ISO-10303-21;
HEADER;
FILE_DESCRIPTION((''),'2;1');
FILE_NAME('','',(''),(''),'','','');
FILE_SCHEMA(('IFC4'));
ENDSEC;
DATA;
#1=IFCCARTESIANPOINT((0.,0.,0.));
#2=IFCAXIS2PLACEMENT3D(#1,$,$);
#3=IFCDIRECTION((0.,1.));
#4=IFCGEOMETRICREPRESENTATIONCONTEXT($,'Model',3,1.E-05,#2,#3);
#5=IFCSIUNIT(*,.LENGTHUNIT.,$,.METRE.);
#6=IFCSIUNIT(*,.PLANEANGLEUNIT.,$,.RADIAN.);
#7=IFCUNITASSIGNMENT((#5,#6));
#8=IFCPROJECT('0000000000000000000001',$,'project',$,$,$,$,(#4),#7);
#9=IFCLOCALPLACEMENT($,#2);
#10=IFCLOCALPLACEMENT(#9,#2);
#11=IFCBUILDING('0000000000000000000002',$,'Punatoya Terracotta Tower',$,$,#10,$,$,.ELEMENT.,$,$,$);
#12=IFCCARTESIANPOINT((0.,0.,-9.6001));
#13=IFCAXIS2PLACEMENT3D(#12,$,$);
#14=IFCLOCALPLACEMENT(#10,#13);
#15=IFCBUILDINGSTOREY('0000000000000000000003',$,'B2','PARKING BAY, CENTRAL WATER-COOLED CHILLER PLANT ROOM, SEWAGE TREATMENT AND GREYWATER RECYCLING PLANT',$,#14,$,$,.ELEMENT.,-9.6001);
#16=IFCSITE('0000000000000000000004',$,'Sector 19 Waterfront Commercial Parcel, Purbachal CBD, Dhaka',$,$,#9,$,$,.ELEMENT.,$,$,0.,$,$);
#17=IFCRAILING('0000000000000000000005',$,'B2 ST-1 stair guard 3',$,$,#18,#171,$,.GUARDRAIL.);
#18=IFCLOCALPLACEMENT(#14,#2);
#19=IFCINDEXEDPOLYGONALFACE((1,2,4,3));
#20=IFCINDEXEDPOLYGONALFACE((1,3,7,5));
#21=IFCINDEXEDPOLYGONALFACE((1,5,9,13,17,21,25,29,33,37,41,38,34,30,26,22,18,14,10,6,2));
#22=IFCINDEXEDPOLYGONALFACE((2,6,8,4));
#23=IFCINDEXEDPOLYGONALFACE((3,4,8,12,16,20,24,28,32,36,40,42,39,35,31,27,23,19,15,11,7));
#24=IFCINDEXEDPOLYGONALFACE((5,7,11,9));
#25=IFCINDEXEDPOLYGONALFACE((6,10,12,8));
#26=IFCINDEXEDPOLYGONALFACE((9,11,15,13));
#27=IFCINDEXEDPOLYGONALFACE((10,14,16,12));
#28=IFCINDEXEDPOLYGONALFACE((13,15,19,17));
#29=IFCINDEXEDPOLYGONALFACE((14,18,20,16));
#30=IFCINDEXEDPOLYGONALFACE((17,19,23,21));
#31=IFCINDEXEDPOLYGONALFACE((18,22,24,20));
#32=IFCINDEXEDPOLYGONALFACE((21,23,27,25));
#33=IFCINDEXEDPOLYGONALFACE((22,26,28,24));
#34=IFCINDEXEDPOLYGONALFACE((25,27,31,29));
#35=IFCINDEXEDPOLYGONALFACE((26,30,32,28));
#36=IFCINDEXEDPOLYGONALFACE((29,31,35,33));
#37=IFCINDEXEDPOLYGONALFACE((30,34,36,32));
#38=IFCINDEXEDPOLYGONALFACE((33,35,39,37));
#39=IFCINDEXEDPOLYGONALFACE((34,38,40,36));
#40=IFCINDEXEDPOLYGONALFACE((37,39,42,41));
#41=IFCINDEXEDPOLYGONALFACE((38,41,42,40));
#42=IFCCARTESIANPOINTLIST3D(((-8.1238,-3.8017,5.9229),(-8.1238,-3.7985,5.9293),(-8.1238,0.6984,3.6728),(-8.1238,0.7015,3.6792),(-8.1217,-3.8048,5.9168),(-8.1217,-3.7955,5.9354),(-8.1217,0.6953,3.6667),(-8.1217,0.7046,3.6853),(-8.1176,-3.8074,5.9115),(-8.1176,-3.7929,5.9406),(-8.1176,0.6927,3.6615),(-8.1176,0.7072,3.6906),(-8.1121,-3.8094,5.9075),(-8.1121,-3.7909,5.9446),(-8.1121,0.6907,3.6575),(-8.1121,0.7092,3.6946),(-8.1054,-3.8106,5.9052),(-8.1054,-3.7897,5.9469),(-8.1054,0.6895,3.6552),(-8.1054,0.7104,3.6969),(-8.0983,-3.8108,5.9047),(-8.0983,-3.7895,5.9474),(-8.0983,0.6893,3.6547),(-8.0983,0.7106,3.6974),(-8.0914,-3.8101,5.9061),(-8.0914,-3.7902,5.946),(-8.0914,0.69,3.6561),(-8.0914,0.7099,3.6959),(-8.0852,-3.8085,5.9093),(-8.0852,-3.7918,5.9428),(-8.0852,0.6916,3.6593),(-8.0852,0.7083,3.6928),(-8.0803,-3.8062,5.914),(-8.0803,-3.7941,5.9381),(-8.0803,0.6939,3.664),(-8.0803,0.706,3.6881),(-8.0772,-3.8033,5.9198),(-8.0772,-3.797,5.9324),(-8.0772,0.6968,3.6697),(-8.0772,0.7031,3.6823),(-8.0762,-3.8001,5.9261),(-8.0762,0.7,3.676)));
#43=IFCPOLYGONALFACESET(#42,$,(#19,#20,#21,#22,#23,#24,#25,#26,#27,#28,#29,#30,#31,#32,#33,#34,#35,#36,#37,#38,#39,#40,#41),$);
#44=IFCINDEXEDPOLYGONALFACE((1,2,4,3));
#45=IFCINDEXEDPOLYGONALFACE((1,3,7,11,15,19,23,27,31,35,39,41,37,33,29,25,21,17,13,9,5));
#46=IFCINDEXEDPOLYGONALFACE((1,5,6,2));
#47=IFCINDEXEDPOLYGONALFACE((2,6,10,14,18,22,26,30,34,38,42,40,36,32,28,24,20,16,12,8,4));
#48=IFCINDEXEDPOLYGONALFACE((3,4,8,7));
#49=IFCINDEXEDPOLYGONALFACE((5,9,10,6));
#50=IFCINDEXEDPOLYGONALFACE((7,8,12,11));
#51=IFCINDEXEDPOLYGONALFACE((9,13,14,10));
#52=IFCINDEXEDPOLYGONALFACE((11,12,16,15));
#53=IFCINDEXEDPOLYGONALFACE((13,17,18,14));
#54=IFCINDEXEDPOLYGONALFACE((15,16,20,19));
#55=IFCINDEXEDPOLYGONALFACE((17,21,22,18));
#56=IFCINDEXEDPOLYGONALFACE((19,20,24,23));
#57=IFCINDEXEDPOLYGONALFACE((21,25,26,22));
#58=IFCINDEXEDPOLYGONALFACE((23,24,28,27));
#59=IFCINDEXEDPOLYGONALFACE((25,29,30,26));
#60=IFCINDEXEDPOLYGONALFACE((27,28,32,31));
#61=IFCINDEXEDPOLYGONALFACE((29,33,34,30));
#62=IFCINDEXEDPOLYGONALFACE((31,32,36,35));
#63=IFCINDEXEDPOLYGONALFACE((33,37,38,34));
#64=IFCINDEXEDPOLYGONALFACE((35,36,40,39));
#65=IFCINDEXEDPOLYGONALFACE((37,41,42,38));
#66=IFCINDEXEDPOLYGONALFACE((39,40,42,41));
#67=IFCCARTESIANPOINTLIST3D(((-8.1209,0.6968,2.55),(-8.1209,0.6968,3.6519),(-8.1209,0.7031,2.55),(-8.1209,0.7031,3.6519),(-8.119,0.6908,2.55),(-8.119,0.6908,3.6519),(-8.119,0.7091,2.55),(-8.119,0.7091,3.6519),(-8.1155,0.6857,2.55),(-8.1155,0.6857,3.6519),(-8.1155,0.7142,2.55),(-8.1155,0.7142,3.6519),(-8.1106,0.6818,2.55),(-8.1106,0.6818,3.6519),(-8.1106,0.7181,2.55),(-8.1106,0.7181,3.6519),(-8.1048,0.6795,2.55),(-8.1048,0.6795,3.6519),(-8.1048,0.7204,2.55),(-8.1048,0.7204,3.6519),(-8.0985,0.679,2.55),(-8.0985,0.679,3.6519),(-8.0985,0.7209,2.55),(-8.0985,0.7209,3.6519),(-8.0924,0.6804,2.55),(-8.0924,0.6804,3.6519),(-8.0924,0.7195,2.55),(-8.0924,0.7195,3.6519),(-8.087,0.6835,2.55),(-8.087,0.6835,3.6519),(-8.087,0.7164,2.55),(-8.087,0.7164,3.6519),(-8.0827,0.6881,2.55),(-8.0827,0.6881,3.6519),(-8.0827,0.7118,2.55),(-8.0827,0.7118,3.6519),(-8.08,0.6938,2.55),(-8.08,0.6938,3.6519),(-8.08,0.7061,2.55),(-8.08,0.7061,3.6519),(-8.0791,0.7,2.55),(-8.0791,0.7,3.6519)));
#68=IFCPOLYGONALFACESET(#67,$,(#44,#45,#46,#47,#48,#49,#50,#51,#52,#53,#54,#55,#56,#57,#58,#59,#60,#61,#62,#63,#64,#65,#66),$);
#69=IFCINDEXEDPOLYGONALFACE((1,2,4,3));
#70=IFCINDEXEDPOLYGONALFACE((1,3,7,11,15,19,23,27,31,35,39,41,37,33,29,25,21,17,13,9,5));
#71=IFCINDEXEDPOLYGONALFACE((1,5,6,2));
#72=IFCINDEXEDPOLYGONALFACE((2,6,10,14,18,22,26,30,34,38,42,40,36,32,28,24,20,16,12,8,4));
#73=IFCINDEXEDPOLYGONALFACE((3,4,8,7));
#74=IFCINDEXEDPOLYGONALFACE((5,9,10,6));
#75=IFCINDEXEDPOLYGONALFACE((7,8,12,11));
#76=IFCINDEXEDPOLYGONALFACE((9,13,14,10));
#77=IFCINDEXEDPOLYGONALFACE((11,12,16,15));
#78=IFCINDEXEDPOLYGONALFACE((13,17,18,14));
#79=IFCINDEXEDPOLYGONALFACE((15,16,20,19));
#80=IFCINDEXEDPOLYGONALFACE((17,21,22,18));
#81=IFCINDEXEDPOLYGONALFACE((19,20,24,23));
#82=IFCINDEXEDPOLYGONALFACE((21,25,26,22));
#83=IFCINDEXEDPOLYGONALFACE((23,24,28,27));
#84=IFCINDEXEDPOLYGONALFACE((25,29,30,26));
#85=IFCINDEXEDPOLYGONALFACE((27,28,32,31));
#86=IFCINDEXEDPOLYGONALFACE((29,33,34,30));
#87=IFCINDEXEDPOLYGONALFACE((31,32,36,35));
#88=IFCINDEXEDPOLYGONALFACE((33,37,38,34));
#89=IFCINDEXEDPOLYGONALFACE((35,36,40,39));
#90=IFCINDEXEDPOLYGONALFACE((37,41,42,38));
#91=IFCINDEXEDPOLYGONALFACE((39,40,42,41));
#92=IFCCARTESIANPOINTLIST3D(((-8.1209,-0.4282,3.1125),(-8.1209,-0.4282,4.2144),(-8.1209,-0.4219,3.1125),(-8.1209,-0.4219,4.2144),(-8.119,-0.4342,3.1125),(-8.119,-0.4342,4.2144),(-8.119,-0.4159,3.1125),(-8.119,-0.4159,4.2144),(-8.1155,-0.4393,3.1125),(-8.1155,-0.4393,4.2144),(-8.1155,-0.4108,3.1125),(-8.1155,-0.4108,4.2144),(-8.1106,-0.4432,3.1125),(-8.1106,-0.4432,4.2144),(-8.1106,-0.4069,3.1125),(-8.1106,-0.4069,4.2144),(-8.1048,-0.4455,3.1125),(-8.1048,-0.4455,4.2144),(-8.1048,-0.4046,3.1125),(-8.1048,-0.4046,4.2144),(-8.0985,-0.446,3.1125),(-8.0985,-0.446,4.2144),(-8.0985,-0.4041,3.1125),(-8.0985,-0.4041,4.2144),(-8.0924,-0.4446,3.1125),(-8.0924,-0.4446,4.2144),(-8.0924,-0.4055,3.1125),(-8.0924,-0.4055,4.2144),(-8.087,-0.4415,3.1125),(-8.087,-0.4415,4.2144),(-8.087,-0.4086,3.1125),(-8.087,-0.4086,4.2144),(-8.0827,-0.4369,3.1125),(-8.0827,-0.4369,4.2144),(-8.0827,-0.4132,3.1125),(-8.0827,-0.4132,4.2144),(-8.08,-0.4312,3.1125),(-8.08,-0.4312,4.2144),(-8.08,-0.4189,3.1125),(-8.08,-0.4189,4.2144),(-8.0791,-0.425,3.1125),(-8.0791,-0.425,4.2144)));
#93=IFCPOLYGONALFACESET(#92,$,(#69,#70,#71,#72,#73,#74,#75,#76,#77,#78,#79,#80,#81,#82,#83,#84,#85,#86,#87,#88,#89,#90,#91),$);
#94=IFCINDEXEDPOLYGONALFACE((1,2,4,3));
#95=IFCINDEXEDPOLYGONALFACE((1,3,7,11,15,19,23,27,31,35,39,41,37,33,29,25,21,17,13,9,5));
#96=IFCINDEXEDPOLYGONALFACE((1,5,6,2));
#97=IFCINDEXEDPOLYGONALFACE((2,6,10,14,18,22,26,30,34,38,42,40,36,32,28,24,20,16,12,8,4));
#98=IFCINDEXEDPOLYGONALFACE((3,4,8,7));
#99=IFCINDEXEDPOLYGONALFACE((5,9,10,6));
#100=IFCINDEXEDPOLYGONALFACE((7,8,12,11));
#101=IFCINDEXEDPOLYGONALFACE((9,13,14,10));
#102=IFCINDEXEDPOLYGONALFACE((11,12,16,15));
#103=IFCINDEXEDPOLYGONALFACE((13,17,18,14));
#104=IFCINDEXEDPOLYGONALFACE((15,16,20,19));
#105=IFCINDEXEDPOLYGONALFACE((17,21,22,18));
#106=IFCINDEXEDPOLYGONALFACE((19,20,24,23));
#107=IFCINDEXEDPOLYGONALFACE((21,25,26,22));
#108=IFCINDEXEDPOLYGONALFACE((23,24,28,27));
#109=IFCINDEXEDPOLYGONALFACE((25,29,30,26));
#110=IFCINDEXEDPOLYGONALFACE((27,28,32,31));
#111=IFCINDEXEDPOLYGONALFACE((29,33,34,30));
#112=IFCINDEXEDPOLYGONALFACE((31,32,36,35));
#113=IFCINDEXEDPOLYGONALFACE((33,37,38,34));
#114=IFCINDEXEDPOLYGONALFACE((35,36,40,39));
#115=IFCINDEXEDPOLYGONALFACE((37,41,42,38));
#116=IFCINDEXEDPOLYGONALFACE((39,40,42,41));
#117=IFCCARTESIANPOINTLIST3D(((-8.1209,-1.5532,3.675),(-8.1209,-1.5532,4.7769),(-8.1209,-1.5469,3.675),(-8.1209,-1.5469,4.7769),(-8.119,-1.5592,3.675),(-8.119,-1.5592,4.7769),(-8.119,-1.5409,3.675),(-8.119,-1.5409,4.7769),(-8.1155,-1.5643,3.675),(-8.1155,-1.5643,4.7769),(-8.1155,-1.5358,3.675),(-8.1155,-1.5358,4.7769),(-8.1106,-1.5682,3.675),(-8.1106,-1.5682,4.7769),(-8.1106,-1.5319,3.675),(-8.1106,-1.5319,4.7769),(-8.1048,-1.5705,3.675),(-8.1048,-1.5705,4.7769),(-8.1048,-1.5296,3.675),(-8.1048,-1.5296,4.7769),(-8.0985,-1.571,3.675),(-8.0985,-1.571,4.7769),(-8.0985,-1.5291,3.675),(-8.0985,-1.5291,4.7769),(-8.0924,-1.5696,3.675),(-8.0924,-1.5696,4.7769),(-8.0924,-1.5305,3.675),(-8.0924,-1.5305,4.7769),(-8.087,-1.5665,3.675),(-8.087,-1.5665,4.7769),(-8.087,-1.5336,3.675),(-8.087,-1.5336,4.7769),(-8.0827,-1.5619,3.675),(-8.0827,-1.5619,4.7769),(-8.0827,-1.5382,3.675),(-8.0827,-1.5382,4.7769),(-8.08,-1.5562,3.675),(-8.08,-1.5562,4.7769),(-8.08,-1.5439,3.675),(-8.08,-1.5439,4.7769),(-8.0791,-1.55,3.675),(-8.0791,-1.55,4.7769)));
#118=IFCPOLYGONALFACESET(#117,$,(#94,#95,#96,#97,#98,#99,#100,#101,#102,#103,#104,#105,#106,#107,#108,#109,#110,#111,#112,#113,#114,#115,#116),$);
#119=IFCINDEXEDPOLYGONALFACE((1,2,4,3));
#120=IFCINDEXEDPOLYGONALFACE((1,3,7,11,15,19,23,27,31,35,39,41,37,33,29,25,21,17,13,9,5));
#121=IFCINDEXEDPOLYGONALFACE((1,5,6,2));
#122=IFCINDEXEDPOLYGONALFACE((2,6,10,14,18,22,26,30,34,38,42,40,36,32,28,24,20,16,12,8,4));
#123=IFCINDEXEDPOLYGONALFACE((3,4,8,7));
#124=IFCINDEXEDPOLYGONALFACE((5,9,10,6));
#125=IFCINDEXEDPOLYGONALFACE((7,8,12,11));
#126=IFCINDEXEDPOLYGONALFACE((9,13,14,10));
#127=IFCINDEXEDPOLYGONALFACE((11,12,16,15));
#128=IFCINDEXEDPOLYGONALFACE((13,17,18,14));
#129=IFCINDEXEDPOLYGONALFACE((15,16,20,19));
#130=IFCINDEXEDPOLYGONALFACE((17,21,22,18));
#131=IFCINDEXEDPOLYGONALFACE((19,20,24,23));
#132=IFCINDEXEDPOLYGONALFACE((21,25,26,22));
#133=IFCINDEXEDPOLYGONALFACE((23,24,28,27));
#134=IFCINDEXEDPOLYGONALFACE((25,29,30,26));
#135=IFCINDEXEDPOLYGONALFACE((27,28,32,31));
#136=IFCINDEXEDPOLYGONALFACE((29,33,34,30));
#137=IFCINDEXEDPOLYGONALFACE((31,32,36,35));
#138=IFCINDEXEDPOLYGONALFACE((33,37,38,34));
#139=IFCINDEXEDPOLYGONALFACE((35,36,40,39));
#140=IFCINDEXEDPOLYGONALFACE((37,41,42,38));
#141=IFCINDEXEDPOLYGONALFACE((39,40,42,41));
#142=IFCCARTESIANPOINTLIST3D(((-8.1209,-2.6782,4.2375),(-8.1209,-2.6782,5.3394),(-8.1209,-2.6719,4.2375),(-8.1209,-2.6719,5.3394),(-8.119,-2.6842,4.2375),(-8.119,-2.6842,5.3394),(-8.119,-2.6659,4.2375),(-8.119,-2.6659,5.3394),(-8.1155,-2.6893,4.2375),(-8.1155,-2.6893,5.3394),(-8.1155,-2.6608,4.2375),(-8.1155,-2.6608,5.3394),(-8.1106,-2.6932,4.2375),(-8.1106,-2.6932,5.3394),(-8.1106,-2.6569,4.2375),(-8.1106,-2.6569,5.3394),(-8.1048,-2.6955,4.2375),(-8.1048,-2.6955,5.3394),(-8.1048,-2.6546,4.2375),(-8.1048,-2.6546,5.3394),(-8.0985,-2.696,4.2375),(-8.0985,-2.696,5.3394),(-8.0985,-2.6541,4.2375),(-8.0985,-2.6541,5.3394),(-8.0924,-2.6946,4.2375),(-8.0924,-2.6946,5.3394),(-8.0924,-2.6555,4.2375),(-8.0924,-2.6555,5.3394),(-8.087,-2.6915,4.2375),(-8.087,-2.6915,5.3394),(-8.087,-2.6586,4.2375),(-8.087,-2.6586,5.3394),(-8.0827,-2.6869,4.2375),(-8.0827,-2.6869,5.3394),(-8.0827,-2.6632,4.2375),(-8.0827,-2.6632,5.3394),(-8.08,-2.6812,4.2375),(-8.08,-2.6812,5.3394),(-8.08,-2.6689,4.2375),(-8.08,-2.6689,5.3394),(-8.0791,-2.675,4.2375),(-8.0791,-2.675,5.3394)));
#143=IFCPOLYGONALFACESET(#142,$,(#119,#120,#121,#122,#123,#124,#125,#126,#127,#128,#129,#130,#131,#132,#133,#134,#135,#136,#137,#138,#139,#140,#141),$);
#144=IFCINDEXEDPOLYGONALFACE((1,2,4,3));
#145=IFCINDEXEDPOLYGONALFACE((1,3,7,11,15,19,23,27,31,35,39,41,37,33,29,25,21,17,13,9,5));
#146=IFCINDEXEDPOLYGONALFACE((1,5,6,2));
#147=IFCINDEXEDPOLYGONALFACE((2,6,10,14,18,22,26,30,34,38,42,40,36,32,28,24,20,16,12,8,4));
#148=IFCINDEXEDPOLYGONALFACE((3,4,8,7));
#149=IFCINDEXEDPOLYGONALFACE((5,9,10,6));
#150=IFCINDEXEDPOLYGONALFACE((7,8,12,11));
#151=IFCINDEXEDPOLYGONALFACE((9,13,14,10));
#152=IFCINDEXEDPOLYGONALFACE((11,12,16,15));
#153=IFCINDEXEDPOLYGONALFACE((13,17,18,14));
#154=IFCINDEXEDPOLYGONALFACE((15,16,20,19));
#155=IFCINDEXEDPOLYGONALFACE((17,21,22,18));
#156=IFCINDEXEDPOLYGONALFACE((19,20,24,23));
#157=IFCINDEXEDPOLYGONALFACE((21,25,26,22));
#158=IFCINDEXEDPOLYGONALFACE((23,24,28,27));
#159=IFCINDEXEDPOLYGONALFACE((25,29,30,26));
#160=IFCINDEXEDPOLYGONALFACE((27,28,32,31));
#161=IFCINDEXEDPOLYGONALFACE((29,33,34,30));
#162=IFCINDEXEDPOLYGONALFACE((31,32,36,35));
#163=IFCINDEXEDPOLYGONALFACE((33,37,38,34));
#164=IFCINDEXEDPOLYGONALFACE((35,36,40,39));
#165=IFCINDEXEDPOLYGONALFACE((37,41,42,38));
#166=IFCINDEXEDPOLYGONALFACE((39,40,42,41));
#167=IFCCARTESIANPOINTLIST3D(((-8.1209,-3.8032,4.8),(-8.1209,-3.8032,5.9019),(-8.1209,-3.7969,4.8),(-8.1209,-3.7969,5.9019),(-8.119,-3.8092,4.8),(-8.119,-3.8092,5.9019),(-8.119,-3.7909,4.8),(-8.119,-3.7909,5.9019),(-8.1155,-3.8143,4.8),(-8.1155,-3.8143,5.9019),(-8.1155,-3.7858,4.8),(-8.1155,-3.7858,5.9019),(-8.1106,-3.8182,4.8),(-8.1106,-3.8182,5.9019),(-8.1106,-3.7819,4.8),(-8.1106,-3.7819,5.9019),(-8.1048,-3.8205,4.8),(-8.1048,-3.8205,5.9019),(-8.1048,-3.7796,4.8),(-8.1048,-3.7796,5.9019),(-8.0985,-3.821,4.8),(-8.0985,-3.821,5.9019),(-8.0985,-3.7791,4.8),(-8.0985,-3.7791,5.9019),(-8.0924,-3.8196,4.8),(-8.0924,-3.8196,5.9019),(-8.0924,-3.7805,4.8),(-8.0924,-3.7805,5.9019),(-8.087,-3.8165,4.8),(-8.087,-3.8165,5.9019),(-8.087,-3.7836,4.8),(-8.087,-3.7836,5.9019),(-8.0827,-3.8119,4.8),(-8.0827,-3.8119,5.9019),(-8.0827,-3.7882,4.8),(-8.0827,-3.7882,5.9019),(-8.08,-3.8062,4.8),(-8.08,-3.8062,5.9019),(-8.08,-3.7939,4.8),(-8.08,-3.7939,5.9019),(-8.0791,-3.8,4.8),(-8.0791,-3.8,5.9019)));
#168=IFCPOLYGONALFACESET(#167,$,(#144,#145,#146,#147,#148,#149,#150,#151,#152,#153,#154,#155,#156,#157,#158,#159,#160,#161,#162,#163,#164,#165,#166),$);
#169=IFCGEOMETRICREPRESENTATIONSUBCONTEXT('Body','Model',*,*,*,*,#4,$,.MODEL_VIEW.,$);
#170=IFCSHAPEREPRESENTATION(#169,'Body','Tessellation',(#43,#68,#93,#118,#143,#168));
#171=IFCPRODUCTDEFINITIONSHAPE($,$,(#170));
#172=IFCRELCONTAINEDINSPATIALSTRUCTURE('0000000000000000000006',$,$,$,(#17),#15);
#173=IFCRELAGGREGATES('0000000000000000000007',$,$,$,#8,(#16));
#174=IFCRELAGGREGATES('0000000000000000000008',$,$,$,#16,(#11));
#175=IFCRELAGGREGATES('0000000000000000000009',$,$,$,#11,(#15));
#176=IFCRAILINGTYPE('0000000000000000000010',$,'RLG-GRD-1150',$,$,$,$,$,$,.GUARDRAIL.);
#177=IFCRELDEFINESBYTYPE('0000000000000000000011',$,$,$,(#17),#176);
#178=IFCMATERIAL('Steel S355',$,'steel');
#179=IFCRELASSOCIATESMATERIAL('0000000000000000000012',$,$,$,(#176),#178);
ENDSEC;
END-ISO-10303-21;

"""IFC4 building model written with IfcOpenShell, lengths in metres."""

from ifc_helpers import new_model, si_unit, direction, frame, origin, origin_2d, place, context, subcontext, project, spatial, circle, extrude, material, type_object, element, save


model = new_model("IFC4")

# Units and contexts
model_context = context("Model", 3, precision=1e-05, world=origin(), true_north=direction((0.0, 1.0)))
body_context = subcontext(model_context, "Body", "Model", "MODEL_VIEW")
ifc_project = project(units=[si_unit("LENGTHUNIT", "METRE"), si_unit("PLANEANGLEUNIT", "RADIAN")], contexts=[model_context])

# Site, building, storey
site_placement = place(None, origin())
site = spatial("IfcSite", under=ifc_project, at=site_placement, Name="Sector 19 Waterfront Commercial Parcel, Purbachal CBD, Dhaka", CompositionType="ELEMENT", RefElevation=0.0)
building_placement = place(site_placement, origin())
building = spatial("IfcBuilding", under=site, at=building_placement, Name="Punatoya Terracotta Tower", CompositionType="ELEMENT")
storey_placement = place(building_placement, frame((0.0, 0.0, -9.6001)))
storey = spatial("IfcBuildingStorey", under=building, at=storey_placement, Name="B2", Description="PARKING BAY, CENTRAL WATER-COOLED CHILLER PLANT ROOM, SEWAGE TREATMENT AND GREYWATER RECYCLING PLANT", CompositionType="ELEMENT", Elevation=-9.6001)

# Shared definitions
ifc_material_1 = material(Name="Steel S355", Category="steel")

# Railing
railing_type_1 = type_object("IfcRailingType", Name="RLG-GRD-1150", PredefinedType="GUARDRAIL", material=ifc_material_1)
railing_1_placement = place(storey_placement, frame((-8.1001, 0.7, 2.55)))
element("IfcRailing", 1, at=railing_1_placement, inside=storey, type_object=railing_type_1, Name="B2 ST-1 stair guard 3", PredefinedType="GUARDRAIL", context=body_context, shape_type="SweptSolid", body=[
    extrude(circle(Radius=0.0239, at=origin_2d()), frame((0.0, 0.0, 1.126), z_axis=(0.0, -0.894427, 0.447214), x_axis=(1.0, 0.0, 0.0)), (0.0, 0.0, 1.0), 5.0312),
    extrude(circle(Radius=0.021, at=origin_2d()), origin(), (0.0, 0.0, 1.0), 1.1018),
    extrude(circle(Radius=0.021, at=origin_2d()), frame((0.0, -1.125, 0.5625)), (0.0, 0.0, 1.0), 1.1018),
    extrude(circle(Radius=0.021, at=origin_2d()), frame((0.0, -2.25, 1.125)), (0.0, 0.0, 1.0), 1.1018),
    extrude(circle(Radius=0.021, at=origin_2d()), frame((0.0, -3.375, 1.6875)), (0.0, 0.0, 1.0), 1.1018),
    extrude(circle(Radius=0.021, at=origin_2d()), frame((0.0, -4.5, 2.25)), (0.0, 0.0, 1.0), 1.1018),
])

save(model, "model.ifc")
